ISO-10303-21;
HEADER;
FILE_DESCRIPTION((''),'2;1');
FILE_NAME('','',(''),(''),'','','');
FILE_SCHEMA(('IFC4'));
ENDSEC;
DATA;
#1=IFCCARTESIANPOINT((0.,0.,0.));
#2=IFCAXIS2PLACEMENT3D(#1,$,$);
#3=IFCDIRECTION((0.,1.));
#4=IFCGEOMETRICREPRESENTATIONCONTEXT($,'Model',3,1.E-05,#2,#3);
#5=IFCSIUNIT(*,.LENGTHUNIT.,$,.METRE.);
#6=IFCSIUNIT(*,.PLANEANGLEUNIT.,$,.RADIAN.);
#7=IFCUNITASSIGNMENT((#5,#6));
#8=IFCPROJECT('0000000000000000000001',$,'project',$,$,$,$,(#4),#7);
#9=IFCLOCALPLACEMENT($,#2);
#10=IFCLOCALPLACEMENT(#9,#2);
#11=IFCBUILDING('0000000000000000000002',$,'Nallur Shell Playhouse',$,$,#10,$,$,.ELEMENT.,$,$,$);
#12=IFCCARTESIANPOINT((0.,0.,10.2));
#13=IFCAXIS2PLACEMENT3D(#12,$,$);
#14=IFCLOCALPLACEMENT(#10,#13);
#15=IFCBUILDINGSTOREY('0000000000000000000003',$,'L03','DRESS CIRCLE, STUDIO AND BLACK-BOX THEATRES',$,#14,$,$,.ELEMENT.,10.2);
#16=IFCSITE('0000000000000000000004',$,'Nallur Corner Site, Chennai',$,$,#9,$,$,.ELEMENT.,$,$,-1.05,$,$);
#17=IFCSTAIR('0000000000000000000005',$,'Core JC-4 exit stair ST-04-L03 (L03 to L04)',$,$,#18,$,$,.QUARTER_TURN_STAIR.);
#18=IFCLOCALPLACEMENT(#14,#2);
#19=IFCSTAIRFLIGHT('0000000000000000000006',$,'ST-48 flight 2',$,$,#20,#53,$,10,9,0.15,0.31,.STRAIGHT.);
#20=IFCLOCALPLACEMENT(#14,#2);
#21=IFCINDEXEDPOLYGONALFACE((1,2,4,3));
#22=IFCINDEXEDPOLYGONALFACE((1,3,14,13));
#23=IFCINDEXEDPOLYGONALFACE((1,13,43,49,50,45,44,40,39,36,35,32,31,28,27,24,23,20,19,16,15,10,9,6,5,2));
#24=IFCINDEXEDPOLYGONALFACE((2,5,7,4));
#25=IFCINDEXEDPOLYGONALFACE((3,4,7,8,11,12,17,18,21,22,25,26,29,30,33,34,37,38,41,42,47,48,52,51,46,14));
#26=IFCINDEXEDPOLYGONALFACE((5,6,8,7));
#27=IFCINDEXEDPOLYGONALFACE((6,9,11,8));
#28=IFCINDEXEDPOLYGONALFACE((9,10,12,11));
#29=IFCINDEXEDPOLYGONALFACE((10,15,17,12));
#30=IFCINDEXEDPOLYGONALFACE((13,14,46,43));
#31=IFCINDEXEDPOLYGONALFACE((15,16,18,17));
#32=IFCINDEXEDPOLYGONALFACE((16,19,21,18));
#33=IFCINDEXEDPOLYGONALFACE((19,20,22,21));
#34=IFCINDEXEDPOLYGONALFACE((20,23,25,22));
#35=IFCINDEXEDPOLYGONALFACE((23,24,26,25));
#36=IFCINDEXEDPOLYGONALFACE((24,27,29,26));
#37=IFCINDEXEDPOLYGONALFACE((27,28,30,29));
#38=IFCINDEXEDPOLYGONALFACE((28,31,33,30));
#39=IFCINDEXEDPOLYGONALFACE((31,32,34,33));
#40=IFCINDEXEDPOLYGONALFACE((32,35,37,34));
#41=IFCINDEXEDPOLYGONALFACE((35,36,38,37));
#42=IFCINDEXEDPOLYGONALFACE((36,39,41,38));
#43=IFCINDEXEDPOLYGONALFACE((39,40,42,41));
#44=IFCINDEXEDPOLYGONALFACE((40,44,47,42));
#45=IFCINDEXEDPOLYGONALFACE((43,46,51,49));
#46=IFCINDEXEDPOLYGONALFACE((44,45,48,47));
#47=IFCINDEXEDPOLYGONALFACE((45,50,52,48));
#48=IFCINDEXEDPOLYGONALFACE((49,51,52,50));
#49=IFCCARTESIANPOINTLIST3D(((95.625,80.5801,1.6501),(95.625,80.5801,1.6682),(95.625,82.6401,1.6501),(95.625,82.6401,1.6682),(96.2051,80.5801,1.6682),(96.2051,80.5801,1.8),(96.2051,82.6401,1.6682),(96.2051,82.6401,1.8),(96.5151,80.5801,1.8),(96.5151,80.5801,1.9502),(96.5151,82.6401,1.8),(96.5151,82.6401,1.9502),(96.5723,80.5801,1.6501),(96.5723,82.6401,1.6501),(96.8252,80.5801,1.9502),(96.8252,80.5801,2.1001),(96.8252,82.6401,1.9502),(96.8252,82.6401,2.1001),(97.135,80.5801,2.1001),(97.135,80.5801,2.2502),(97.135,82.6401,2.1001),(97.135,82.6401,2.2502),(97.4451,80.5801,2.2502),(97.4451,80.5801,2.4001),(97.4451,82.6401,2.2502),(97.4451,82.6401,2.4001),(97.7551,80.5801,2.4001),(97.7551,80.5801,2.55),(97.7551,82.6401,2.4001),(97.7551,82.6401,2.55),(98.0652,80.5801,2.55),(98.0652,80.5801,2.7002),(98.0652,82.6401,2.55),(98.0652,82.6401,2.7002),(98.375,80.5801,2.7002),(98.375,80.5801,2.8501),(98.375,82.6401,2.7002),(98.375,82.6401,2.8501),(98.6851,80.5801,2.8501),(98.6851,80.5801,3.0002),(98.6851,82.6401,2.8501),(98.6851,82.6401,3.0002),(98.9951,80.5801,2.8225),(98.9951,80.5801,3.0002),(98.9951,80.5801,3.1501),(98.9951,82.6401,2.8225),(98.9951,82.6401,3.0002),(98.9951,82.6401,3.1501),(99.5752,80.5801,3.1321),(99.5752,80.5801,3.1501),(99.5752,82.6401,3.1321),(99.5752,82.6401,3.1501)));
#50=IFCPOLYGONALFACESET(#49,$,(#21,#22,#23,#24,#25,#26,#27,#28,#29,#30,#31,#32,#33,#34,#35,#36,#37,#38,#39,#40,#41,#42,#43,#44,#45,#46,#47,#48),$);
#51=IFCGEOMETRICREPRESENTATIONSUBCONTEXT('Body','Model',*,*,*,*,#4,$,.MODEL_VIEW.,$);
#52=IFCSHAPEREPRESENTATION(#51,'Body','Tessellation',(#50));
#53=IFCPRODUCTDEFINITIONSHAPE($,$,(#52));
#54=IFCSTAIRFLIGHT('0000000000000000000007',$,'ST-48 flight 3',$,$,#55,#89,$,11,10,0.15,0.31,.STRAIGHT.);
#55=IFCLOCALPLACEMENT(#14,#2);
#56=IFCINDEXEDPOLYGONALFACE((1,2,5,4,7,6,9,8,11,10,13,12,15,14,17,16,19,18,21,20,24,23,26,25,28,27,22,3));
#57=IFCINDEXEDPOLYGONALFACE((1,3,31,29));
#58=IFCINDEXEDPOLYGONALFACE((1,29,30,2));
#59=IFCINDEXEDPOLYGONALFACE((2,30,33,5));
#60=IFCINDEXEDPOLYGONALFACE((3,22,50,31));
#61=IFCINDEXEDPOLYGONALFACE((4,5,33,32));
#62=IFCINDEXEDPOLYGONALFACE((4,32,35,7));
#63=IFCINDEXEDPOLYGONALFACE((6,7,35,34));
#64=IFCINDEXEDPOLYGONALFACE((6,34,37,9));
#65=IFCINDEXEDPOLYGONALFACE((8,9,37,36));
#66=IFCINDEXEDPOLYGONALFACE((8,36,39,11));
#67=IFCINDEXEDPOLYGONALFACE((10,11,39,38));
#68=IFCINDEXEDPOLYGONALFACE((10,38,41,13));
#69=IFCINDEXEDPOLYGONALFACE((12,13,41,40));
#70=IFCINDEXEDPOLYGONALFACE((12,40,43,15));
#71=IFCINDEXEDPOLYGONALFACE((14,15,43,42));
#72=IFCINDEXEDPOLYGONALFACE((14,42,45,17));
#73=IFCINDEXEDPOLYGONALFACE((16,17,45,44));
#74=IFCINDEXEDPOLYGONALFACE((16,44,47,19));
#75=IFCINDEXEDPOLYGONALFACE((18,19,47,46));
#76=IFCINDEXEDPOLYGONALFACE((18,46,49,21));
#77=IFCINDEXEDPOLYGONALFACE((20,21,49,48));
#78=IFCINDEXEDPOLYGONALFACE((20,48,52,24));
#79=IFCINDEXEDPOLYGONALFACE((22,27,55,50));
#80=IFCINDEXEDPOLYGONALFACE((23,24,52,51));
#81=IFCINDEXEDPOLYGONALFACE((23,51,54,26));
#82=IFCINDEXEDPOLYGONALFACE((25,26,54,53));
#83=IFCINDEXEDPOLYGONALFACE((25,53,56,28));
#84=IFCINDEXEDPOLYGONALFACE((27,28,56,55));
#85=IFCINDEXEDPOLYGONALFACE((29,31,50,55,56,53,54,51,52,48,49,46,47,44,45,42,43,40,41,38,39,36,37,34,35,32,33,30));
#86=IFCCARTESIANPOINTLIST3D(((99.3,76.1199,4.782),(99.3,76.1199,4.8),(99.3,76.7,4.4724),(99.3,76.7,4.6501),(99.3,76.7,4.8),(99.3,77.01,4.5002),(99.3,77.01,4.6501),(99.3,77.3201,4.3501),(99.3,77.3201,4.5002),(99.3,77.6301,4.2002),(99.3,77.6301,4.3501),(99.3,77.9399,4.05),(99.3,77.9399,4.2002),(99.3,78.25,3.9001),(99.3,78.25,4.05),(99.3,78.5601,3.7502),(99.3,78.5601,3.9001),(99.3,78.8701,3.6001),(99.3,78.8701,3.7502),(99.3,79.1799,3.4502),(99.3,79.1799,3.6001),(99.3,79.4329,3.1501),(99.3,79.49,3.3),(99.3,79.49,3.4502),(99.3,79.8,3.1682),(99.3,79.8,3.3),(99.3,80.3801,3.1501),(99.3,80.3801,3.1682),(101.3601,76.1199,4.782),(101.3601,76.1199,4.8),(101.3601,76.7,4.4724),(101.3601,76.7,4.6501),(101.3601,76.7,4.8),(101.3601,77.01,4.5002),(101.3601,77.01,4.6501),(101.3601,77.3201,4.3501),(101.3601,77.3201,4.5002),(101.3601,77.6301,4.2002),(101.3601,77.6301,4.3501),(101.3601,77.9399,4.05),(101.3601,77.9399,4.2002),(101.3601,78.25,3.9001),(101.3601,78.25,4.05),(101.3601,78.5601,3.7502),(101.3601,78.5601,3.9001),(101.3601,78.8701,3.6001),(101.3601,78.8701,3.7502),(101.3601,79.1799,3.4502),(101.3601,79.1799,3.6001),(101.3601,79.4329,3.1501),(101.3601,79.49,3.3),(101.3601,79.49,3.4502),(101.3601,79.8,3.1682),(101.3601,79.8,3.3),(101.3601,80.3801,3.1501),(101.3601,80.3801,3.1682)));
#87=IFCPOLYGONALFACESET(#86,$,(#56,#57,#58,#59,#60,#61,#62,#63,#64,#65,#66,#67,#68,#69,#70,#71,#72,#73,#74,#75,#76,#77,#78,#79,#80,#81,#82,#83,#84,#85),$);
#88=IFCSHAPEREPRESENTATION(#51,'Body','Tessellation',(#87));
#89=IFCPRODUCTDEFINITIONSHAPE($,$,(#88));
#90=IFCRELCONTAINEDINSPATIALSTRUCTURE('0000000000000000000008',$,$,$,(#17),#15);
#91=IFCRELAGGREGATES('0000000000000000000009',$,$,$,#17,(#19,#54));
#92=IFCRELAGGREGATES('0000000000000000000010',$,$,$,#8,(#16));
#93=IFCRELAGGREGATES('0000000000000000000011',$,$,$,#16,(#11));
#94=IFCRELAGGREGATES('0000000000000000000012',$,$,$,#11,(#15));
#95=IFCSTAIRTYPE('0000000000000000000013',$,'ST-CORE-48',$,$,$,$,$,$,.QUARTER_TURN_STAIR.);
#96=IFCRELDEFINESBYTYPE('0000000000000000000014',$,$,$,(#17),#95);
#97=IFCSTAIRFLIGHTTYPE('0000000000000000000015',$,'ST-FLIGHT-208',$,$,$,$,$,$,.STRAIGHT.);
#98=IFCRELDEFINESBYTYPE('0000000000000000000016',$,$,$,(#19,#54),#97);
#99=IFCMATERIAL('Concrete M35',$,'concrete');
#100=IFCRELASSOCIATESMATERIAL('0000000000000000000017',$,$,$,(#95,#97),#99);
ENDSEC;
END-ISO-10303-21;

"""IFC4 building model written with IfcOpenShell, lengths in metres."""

from ifc_helpers import new_model, si_unit, direction, frame, origin, place, context, subcontext, project, spatial, polyline, outline, extrude, material, type_object, element, aggregate, save


model = new_model("IFC4")

# Units and contexts
model_context = context("Model", 3, precision=1e-05, world=origin(), true_north=direction((0.0, 1.0)))
body_context = subcontext(model_context, "Body", "Model", "MODEL_VIEW")
ifc_project = project(units=[si_unit("LENGTHUNIT", "METRE"), si_unit("PLANEANGLEUNIT", "RADIAN")], contexts=[model_context])

# Site, building, storey
site_placement = place(None, origin())
site = spatial("IfcSite", under=ifc_project, at=site_placement, Name="Nallur Corner Site, Chennai", CompositionType="ELEMENT", RefElevation=-1.05)
building_placement = place(site_placement, origin())
building = spatial("IfcBuilding", under=site, at=building_placement, Name="Nallur Shell Playhouse", CompositionType="ELEMENT")
storey_placement = place(building_placement, frame((0.0, 0.0, 10.2)))
storey = spatial("IfcBuildingStorey", under=building, at=storey_placement, Name="L03", Description="DRESS CIRCLE, STUDIO AND BLACK-BOX THEATRES", CompositionType="ELEMENT", Elevation=10.2)

# Shared definitions
ifc_material_1 = material(Name="Concrete M35", Category="concrete")

# Stair, stair flights
stair_type = type_object("IfcStairType", Name="ST-CORE-48", PredefinedType="QUARTER_TURN_STAIR", material=ifc_material_1)
stair_placement = place(storey_placement, origin())
stair = element("IfcStair", 1, at=stair_placement, inside=storey, type_object=stair_type, Name="Core JC-4 exit stair ST-04-L03 (L03 to L04)", PredefinedType="QUARTER_TURN_STAIR")
stair_flight_type = type_object("IfcStairFlightType", Name="ST-FLIGHT-208", PredefinedType="STRAIGHT", material=ifc_material_1)
stair_flight_1_placement = place(storey_placement, frame((96.2051, 81.6101, 1.6501), z_axis=(0.0, 0.0, 1.0), x_axis=(1.0, 0.0, 0.0)))
stair_flight_1 = element("IfcStairFlight", 2, at=stair_flight_1_placement, type_object=stair_flight_type, Name="ST-48 flight 2", NumberOfRisers=10, NumberOfTreads=9, PredefinedType="STRAIGHT", RiserHeight=0.15, TreadLength=0.31, context=body_context, shape_type="SweptSolid", body=[
    extrude(outline(polyline([(-0.5801, 0.0), (-0.5801, 0.0181), (0.0, 0.0181), (0.0, 0.1499), (0.3101, 0.1499), (0.3101, 0.3), (0.6201, 0.3), (0.6201, 0.45), (0.9299, 0.45), (0.9299, 0.6001), (1.24, 0.6001), (1.24, 0.75), (1.55, 0.75), (1.55, 0.8999), (1.8601, 0.8999), (1.8601, 1.05), (2.1699, 1.05), (2.1699, 1.2), (2.48, 1.2), (2.48, 1.3501), (2.79, 1.3501), (2.79, 1.5), (3.3701, 1.5), (3.3701, 1.4819), (2.79, 1.1724), (0.3672, 0.0), (-0.5801, 0.0)])), frame((0.0, 1.03, 0.0), z_axis=(0.0, -1.0, 0.0), x_axis=(1.0, 0.0, 0.0)), (0.0, 0.0, 1.0), 2.0601),
])
stair_flight_2_placement = place(storey_placement, frame((100.3301, 79.8, 3.1501), z_axis=(0.0, 0.0, 1.0), x_axis=(0.0, -1.0, 0.0)))
stair_flight_2 = element("IfcStairFlight", 3, at=stair_flight_2_placement, type_object=stair_flight_type, Name="ST-48 flight 3", NumberOfRisers=11, NumberOfTreads=10, PredefinedType="STRAIGHT", RiserHeight=0.15, TreadLength=0.31, context=body_context, shape_type="SweptSolid", body=[
    extrude(outline(polyline([(-0.5801, 0.0), (-0.5801, 0.0181), (0.0, 0.0181), (0.0, 0.1499), (0.3101, 0.1499), (0.3101, 0.3), (0.6201, 0.3), (0.6201, 0.45), (0.9299, 0.45), (0.9299, 0.6001), (1.24, 0.6001), (1.24, 0.75), (1.55, 0.75), (1.55, 0.8999), (1.8601, 0.8999), (1.8601, 1.05), (2.1699, 1.05), (2.1699, 1.2), (2.48, 1.2), (2.48, 1.3501), (2.79, 1.3501), (2.79, 1.5), (3.1001, 1.5), (3.1001, 1.6499), (3.6802, 1.6499), (3.6802, 1.6318), (3.1001, 1.3223), (0.3672, 0.0), (-0.5801, 0.0)])), frame((0.0, 1.03, 0.0), z_axis=(0.0, -1.0, 0.0), x_axis=(1.0, 0.0, 0.0)), (0.0, 0.0, 1.0), 2.0601),
])
aggregate(stair, [stair_flight_1, stair_flight_2])

save(model, "model.ifc")
